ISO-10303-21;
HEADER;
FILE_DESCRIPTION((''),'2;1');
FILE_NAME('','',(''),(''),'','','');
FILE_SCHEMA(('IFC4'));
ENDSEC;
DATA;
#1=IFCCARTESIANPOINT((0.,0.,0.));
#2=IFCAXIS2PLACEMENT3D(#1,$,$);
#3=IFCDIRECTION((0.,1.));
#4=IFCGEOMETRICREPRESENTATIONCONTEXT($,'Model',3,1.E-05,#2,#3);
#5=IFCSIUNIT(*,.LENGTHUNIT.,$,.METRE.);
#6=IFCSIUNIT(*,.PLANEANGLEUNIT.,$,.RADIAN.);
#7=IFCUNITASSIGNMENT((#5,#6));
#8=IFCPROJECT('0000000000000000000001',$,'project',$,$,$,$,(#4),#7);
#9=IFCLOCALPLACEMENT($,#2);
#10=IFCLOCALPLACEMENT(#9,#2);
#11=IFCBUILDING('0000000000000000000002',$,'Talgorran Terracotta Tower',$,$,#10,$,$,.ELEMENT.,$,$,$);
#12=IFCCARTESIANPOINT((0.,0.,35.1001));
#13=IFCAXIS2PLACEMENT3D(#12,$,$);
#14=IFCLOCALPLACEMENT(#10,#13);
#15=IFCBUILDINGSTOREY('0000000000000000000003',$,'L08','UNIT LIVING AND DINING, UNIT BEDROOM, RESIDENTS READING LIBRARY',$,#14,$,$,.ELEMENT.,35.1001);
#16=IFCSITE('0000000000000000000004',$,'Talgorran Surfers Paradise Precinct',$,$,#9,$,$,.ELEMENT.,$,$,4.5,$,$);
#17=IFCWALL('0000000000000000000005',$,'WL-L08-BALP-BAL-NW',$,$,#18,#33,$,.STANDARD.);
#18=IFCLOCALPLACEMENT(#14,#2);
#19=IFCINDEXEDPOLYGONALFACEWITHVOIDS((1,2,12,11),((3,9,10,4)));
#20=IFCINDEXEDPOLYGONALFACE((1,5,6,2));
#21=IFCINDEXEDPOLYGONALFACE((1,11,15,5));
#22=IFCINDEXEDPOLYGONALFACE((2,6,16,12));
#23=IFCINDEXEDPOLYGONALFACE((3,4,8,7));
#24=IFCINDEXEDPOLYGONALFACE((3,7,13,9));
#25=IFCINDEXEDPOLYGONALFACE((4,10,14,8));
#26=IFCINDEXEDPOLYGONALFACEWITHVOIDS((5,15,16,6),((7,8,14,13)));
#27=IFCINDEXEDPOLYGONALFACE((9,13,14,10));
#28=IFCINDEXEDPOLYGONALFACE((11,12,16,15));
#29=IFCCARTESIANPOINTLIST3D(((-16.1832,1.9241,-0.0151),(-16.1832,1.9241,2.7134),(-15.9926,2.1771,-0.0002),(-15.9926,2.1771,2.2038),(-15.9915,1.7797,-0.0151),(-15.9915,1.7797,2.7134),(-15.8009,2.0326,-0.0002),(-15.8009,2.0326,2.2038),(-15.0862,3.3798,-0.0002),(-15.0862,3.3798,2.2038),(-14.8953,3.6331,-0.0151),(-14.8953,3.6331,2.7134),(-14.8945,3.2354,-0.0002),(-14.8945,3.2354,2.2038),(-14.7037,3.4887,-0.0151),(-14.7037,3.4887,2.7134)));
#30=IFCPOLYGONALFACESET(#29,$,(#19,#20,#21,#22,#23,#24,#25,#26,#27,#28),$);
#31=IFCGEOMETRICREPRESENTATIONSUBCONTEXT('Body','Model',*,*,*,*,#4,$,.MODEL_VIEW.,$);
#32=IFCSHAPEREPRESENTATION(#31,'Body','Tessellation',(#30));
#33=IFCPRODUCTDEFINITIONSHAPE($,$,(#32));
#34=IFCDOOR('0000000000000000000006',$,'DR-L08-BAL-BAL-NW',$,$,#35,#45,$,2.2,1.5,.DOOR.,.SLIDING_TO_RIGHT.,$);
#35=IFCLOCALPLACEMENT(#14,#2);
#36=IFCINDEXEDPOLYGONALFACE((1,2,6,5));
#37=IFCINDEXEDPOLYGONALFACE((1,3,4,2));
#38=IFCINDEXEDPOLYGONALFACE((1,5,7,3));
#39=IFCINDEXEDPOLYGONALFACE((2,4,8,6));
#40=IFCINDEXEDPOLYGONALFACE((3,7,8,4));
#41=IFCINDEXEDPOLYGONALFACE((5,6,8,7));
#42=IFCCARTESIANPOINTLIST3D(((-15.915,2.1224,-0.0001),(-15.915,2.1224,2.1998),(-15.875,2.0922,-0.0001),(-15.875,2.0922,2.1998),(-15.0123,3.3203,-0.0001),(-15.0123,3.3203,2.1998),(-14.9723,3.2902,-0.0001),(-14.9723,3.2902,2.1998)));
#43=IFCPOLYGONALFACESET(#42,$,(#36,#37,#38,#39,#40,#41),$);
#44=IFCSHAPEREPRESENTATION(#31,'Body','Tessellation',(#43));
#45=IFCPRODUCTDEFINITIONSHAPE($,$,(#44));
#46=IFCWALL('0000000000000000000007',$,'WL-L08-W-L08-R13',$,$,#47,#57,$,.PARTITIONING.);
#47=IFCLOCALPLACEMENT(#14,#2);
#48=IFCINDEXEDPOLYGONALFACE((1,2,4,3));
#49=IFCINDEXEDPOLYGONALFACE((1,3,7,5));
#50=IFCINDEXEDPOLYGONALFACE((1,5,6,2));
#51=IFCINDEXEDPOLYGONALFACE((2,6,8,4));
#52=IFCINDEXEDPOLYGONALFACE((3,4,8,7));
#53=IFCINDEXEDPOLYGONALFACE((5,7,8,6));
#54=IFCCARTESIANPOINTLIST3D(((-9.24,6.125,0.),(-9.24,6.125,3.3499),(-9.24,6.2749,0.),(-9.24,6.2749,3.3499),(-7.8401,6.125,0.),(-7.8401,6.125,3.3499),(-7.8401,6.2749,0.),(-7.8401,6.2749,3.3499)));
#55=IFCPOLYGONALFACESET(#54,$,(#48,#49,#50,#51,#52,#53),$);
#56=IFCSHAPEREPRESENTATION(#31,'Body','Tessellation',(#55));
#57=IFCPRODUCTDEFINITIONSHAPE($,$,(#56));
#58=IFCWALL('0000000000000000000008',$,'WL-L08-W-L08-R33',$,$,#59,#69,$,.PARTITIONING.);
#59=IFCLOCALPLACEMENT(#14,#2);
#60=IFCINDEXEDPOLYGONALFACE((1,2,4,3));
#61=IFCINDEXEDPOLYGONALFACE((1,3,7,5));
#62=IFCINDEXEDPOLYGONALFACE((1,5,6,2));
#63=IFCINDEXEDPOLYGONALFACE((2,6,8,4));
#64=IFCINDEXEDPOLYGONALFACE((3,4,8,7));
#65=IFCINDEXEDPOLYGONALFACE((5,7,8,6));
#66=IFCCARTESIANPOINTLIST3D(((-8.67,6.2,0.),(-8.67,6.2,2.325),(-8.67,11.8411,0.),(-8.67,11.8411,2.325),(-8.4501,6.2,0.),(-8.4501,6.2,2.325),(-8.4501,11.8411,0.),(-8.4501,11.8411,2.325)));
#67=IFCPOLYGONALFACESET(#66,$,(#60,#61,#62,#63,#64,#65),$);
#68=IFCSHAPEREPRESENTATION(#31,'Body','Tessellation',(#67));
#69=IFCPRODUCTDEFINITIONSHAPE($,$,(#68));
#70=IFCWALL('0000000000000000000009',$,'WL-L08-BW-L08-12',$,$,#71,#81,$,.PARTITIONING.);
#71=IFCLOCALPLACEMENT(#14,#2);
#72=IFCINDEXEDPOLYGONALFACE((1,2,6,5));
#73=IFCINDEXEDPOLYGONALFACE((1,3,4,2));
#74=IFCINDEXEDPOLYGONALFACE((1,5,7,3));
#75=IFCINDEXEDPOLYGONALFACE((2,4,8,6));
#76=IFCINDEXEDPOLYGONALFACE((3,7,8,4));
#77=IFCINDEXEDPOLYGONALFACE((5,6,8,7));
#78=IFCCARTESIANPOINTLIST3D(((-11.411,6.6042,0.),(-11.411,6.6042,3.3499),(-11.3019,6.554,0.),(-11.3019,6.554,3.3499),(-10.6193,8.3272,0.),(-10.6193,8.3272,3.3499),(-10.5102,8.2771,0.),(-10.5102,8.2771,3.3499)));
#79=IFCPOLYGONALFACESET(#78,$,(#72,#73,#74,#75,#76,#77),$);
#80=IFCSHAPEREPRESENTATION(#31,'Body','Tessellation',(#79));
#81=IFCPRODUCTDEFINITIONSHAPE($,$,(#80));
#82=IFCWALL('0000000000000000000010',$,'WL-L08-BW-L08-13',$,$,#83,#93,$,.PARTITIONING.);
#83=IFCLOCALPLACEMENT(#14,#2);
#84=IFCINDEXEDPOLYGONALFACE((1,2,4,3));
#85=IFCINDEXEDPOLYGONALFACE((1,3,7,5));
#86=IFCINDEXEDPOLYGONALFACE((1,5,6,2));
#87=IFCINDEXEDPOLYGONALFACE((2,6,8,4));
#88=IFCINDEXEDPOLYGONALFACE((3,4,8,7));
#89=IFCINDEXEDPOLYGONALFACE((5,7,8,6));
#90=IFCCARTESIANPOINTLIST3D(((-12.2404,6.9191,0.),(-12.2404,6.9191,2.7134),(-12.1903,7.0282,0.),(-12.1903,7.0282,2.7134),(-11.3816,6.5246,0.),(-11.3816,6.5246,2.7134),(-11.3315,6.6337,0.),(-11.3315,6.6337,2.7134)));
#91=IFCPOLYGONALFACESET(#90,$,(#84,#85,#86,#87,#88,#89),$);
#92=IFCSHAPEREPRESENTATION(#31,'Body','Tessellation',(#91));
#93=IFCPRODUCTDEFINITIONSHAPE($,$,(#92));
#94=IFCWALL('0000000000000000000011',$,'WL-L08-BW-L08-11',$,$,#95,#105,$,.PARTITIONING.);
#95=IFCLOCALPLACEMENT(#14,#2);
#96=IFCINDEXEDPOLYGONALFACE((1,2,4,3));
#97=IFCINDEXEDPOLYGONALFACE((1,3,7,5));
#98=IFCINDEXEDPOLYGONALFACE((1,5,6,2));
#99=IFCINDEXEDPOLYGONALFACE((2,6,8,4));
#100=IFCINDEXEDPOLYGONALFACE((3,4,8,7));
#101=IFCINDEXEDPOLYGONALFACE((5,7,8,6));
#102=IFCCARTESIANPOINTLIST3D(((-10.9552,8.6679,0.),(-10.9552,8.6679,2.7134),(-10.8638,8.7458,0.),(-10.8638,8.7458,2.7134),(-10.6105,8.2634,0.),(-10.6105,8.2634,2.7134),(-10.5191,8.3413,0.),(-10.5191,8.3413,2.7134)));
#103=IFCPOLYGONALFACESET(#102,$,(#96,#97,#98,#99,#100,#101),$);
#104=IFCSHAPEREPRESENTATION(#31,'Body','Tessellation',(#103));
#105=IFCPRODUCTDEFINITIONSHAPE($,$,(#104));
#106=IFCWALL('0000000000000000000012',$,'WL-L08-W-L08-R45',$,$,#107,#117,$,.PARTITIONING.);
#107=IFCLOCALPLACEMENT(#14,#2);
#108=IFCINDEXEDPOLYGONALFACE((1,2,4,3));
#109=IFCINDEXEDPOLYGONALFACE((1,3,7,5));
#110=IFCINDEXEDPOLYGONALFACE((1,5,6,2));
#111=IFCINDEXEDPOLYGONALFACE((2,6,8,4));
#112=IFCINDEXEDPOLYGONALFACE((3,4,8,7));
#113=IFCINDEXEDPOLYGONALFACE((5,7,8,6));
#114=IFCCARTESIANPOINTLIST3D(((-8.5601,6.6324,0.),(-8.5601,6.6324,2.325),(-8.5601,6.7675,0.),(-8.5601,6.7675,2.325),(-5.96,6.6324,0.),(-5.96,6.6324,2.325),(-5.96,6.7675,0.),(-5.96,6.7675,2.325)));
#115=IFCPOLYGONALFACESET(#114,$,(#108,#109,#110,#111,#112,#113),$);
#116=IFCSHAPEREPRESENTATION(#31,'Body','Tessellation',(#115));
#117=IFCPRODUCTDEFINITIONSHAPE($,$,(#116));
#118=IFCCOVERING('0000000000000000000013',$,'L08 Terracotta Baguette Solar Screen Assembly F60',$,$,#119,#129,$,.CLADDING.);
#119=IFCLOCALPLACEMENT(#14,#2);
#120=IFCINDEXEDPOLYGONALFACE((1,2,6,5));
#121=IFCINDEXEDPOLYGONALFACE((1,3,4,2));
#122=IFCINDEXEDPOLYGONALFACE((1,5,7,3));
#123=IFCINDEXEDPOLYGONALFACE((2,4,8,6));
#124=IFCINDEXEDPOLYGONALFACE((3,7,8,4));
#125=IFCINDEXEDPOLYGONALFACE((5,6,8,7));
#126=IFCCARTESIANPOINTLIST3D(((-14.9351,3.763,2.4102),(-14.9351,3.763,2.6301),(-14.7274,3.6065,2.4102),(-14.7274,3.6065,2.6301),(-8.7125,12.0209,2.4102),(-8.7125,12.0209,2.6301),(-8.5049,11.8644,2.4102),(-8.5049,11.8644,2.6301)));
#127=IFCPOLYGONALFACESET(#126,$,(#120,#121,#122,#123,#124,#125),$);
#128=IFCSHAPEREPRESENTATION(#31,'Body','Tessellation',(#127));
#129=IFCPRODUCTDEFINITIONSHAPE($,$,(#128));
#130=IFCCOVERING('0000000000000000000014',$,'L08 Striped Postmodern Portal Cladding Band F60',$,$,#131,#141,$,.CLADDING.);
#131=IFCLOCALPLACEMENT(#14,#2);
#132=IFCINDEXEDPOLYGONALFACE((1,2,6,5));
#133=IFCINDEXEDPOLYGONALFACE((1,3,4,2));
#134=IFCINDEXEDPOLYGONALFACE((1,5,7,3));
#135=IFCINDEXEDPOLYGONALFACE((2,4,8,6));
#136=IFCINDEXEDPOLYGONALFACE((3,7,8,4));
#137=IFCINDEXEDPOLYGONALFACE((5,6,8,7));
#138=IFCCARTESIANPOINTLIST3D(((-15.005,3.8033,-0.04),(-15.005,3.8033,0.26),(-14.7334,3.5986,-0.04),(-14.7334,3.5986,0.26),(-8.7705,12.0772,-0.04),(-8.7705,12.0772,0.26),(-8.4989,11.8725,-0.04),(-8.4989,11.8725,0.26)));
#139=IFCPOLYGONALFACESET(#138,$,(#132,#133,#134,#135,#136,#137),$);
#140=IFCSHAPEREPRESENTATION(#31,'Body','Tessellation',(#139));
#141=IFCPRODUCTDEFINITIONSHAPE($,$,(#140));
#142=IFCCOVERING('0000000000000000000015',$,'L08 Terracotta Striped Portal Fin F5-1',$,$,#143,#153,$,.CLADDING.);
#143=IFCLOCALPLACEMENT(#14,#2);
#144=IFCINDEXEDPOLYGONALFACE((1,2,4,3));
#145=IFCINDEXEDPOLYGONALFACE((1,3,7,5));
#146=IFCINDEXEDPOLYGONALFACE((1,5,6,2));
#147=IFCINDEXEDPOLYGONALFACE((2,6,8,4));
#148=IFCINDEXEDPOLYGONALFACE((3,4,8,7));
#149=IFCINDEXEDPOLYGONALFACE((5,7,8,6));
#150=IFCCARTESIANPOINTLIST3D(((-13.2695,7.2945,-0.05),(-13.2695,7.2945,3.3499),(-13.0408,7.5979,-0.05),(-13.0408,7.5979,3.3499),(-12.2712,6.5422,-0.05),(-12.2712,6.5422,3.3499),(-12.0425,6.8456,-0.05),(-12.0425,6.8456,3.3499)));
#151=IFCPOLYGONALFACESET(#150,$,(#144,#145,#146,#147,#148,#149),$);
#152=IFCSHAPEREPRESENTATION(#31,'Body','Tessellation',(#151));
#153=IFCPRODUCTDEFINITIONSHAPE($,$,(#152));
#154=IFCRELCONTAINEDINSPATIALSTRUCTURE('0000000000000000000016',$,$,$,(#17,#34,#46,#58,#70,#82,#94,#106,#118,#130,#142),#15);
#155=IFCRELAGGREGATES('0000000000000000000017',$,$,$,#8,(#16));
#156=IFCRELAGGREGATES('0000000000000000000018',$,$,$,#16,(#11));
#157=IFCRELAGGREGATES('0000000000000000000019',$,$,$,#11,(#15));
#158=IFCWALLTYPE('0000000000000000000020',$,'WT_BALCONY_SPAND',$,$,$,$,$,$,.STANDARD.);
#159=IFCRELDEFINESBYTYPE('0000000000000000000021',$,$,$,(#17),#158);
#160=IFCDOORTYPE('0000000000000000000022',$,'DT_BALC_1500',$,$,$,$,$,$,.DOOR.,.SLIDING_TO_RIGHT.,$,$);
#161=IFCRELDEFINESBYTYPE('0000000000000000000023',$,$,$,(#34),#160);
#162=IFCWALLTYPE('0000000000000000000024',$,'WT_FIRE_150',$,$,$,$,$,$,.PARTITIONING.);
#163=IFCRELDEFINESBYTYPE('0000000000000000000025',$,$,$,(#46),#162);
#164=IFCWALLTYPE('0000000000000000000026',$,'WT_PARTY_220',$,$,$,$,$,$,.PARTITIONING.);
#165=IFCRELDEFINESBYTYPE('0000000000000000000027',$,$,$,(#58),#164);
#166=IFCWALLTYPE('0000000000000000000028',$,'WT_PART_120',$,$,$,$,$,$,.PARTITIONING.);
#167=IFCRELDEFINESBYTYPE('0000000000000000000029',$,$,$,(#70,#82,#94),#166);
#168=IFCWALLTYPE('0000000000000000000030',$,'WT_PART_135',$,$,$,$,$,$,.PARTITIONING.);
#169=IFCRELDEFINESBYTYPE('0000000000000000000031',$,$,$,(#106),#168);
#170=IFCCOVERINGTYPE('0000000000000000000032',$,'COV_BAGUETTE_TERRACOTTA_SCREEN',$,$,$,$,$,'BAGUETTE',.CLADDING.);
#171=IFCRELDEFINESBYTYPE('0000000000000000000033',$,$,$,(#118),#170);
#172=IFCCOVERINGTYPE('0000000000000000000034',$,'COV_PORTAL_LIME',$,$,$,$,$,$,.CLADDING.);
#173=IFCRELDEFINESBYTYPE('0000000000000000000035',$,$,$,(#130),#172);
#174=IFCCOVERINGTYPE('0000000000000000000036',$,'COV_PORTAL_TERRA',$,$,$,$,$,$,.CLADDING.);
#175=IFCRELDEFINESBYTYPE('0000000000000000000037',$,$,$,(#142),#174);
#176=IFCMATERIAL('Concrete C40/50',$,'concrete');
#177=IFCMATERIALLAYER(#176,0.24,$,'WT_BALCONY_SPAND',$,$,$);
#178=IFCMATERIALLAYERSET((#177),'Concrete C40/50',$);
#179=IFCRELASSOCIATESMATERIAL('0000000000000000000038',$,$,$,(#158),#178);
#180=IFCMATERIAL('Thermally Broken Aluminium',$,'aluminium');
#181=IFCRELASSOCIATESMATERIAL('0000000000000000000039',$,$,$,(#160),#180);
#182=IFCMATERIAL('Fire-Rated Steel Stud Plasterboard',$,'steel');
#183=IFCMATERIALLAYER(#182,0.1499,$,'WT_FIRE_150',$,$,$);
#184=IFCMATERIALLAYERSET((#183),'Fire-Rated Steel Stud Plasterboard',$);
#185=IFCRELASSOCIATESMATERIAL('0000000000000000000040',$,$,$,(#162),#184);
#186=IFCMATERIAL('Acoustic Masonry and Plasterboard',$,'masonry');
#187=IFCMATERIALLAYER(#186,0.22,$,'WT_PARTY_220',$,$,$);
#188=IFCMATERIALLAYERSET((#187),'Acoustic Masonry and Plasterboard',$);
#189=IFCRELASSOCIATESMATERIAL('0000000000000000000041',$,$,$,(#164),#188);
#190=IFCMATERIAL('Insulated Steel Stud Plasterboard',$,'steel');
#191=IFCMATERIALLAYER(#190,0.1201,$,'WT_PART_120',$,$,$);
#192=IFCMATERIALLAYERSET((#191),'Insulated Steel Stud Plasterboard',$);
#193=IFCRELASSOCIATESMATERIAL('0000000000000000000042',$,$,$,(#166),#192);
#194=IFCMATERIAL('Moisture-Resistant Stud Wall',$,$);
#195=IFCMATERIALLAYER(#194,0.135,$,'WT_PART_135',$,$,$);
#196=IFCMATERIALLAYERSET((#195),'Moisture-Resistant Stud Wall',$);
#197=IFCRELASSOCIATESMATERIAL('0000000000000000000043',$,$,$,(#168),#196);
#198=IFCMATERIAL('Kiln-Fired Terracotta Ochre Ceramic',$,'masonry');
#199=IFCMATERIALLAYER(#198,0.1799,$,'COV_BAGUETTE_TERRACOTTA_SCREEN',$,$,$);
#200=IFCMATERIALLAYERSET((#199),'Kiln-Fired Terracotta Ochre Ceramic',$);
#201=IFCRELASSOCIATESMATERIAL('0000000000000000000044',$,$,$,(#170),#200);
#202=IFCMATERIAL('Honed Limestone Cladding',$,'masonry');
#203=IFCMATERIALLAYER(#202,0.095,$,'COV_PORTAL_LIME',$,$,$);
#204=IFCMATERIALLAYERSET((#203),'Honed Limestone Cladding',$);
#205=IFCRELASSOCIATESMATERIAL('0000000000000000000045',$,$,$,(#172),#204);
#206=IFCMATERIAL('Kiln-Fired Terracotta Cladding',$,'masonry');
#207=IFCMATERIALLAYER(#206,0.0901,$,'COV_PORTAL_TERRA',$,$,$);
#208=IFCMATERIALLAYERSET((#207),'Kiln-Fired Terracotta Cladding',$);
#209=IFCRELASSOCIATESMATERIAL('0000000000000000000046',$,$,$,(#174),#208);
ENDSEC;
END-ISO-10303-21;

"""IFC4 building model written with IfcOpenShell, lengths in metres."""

from ifc_helpers import new_model, si_unit, direction, frame, frame_2d, origin, origin_2d, place, context, subcontext, project, spatial, rectangle, extrude, material, layer, layer_set, type_object, element, fill, save


model = new_model("IFC4")

# Units and contexts
model_context = context("Model", 3, precision=1e-05, world=origin(), true_north=direction((0.0, 1.0)))
body_context = subcontext(model_context, "Body", "Model", "MODEL_VIEW")
ifc_project = project(units=[si_unit("LENGTHUNIT", "METRE"), si_unit("PLANEANGLEUNIT", "RADIAN")], contexts=[model_context])

# Site, building, storey
site_placement = place(None, origin())
site = spatial("IfcSite", under=ifc_project, at=site_placement, Name="Talgorran Surfers Paradise Precinct", CompositionType="ELEMENT", RefElevation=4.5)
building_placement = place(site_placement, origin())
building = spatial("IfcBuilding", under=site, at=building_placement, Name="Talgorran Terracotta Tower", CompositionType="ELEMENT")
storey_placement = place(building_placement, frame((0.0, 0.0, 35.1001)))
storey = spatial("IfcBuildingStorey", under=building, at=storey_placement, Name="L08", Description="UNIT LIVING AND DINING, UNIT BEDROOM, RESIDENTS READING LIBRARY", CompositionType="ELEMENT", Elevation=35.1001)

# Wall, opening, door
ifc_material_1 = material(Name="Concrete C40/50", Category="concrete")
ifc_layer_1 = layer(ifc_material_1, 0.24, Name="WT_BALCONY_SPAND")
ifc_layer_set_1 = layer_set([ifc_layer_1], Name="Concrete C40/50")
wall_type_1 = type_object("IfcWallType", Name="WT_BALCONY_SPAND", PredefinedType="STANDARD", material=ifc_layer_set_1)
wall_1_placement = place(storey_placement, frame((-14.7996, 3.5608, -0.0151), z_axis=(0.0, 0.0, 1.0), x_axis=(-0.601824, -0.798629, 0.0)))
wall_1 = element("IfcWall", 1, at=wall_1_placement, inside=storey, type_object=wall_type_1, Name="WL-L08-BALP-BAL-NW", PredefinedType="STANDARD", context=body_context, shape_type="SweptSolid", body=[
    extrude(rectangle(XDim=2.1399, YDim=0.24, at=frame_2d((1.0698, 0.0))), origin(), (0.0, 0.0, 1.0), 2.7285),
])
opening_placement = place(wall_1_placement, frame((0.3201, 0.0, 0.0149)))
opening = element("IfcOpeningElement", 2, at=opening_placement, cuts=wall_1, PredefinedType="OPENING", context=body_context, shape_type="SweptSolid", body=[
    extrude(rectangle(XDim=1.506, YDim=2.204, at=frame_2d((0.75, 1.1021))), frame((0.0, 0.1299, 0.0), z_axis=(0.0, -1.0, 0.0), x_axis=(1.0, 0.0, 0.0)), (0.0, 0.0, 1.0), 0.26),
])
ifc_material_2 = material(Name="Thermally Broken Aluminium", Category="aluminium")
door_type = type_object("IfcDoorType", Name="DT_BALC_1500", OperationType="SLIDING_TO_RIGHT", PredefinedType="DOOR", material=ifc_material_2)
door_placement = place(opening_placement, origin())
door = element("IfcDoor", 3, at=door_placement, inside=storey, type_object=door_type, Name="DR-L08-BAL-BAL-NW", OperationType="SLIDING_TO_RIGHT", OverallHeight=2.2, OverallWidth=1.5, PredefinedType="DOOR", context=body_context, shape_type="SweptSolid", body=[
    extrude(rectangle(XDim=1.5, YDim=2.2, at=frame_2d((0.75, 1.1001))), frame((0.0, 0.0249, 0.0), z_axis=(0.0, -1.0, 0.0), x_axis=(1.0, 0.0, 0.0)), (0.0, 0.0, 1.0), 0.05),
])
fill(opening, door)

# Walls
ifc_material_3 = material(Name="Fire-Rated Steel Stud Plasterboard", Category="steel")
ifc_layer_2 = layer(ifc_material_3, 0.1499, Name="WT_FIRE_150")
ifc_layer_set_2 = layer_set([ifc_layer_2], Name="Fire-Rated Steel Stud Plasterboard")
wall_type_2 = type_object("IfcWallType", Name="WT_FIRE_150", PredefinedType="PARTITIONING", material=ifc_layer_set_2)
wall_2_placement = place(storey_placement, frame((-9.24, 6.2, 0.0), z_axis=(0.0, 0.0, 1.0), x_axis=(1.0, 0.0, 0.0)))
element("IfcWall", 4, at=wall_2_placement, inside=storey, type_object=wall_type_2, Name="WL-L08-W-L08-R13", PredefinedType="PARTITIONING", context=body_context, shape_type="SweptSolid", body=[
    extrude(rectangle(XDim=1.3999, YDim=0.1499, at=frame_2d((0.7, 0.0))), origin(), (0.0, 0.0, 1.0), 3.3499),
])
ifc_material_4 = material(Name="Acoustic Masonry and Plasterboard", Category="masonry")
ifc_layer_3 = layer(ifc_material_4, 0.22, Name="WT_PARTY_220")
ifc_layer_set_3 = layer_set([ifc_layer_3], Name="Acoustic Masonry and Plasterboard")
wall_type_3 = type_object("IfcWallType", Name="WT_PARTY_220", PredefinedType="PARTITIONING", material=ifc_layer_set_3)
wall_3_placement = place(storey_placement, frame((-8.5601, 6.2, 0.0), z_axis=(0.0, 0.0, 1.0), x_axis=(0.0, 1.0, 0.0)))
element("IfcWall", 5, at=wall_3_placement, inside=storey, type_object=wall_type_3, Name="WL-L08-W-L08-R33", PredefinedType="PARTITIONING", context=body_context, shape_type="SweptSolid", body=[
    extrude(rectangle(XDim=5.6411, YDim=0.22, at=frame_2d((2.8206, 0.0))), origin(), (0.0, 0.0, 1.0), 2.325),
])
ifc_material_5 = material(Name="Insulated Steel Stud Plasterboard", Category="steel")
ifc_layer_4 = layer(ifc_material_5, 0.1201, Name="WT_PART_120")
ifc_layer_set_4 = layer_set([ifc_layer_4], Name="Insulated Steel Stud Plasterboard")
wall_type_4 = type_object("IfcWallType", Name="WT_PART_120", PredefinedType="PARTITIONING", material=ifc_layer_set_4)
wall_4_placement = place(storey_placement, frame((-10.5647, 8.3022, 0.0), z_axis=(0.0, 0.0, 1.0), x_axis=(-0.417515, -0.90867, 0.0)))
element("IfcWall", 6, at=wall_4_placement, inside=storey, type_object=wall_type_4, Name="WL-L08-BW-L08-12", PredefinedType="PARTITIONING", context=body_context, shape_type="SweptSolid", body=[
    extrude(rectangle(XDim=1.8962, YDim=0.1201, at=frame_2d((0.9482, 0.0))), origin(), (0.0, 0.0, 1.0), 3.3499),
])
wall_5_placement = place(storey_placement, frame((-11.3564, 6.5791, 0.0), z_axis=(0.0, 0.0, 1.0), x_axis=(-0.908714, 0.417419, 0.0)))
element("IfcWall", 7, at=wall_5_placement, inside=storey, type_object=wall_type_4, Name="WL-L08-BW-L08-13", PredefinedType="PARTITIONING", context=body_context, shape_type="SweptSolid", body=[
    extrude(rectangle(XDim=0.9451, YDim=0.1201, at=frame_2d((0.4727, 0.0))), origin(), (0.0, 0.0, 1.0), 2.7134),
])
wall_6_placement = place(storey_placement, frame((-10.9094, 8.7068, 0.0), z_axis=(0.0, 0.0, 1.0), x_axis=(0.648595, -0.761134, 0.0)))
element("IfcWall", 8, at=wall_6_placement, inside=storey, type_object=wall_type_4, Name="WL-L08-BW-L08-11", PredefinedType="PARTITIONING", context=body_context, shape_type="SweptSolid", body=[
    extrude(rectangle(XDim=0.5315, YDim=0.1201, at=frame_2d((0.2656, 0.0))), origin(), (0.0, 0.0, 1.0), 2.7134),
])
ifc_material_6 = material(Name="Moisture-Resistant Stud Wall")
ifc_layer_5 = layer(ifc_material_6, 0.135, Name="WT_PART_135")
ifc_layer_set_5 = layer_set([ifc_layer_5], Name="Moisture-Resistant Stud Wall")
wall_type_5 = type_object("IfcWallType", Name="WT_PART_135", PredefinedType="PARTITIONING", material=ifc_layer_set_5)
wall_7_placement = place(storey_placement, frame((-8.5601, 6.7, 0.0), z_axis=(0.0, 0.0, 1.0), x_axis=(1.0, 0.0, 0.0)))
element("IfcWall", 9, at=wall_7_placement, inside=storey, type_object=wall_type_5, Name="WL-L08-W-L08-R45", PredefinedType="PARTITIONING", context=body_context, shape_type="SweptSolid", body=[
    extrude(rectangle(XDim=2.6001, YDim=0.135, at=frame_2d((1.3, 0.0))), origin(), (0.0, 0.0, 1.0), 2.325),
])

# Coverings
ifc_material_7 = material(Name="Kiln-Fired Terracotta Ochre Ceramic", Category="masonry")
ifc_layer_6 = layer(ifc_material_7, 0.1799, Name="COV_BAGUETTE_TERRACOTTA_SCREEN")
ifc_layer_set_6 = layer_set([ifc_layer_6], Name="Kiln-Fired Terracotta Ochre Ceramic")
covering_type_1 = type_object("IfcCoveringType", Name="COV_BAGUETTE_TERRACOTTA_SCREEN", ElementType="BAGUETTE", PredefinedType="CLADDING", material=ifc_layer_set_6)
covering_1_placement = place(storey_placement, frame((-11.72, 7.8137, 2.4102), z_axis=(0.0, 0.0, 1.0), x_axis=(-0.601801, -0.798646, 0.0)))
element("IfcCovering", 10, at=covering_1_placement, inside=storey, type_object=covering_type_1, Name="L08 Terracotta Baguette Solar Screen Assembly F60", PredefinedType="CLADDING", context=body_context, shape_type="SweptSolid", body=[
    extrude(rectangle(XDim=10.3398, YDim=0.26, at=origin_2d()), origin(), (0.0, 0.0, 1.0), 0.22),
])
ifc_material_8 = material(Name="Honed Limestone Cladding", Category="masonry")
ifc_layer_7 = layer(ifc_material_8, 0.095, Name="COV_PORTAL_LIME")
ifc_layer_set_7 = layer_set([ifc_layer_7], Name="Honed Limestone Cladding")
covering_type_2 = type_object("IfcCoveringType", Name="COV_PORTAL_LIME", PredefinedType="CLADDING", material=ifc_layer_set_7)
covering_2_placement = place(storey_placement, frame((-11.752, 7.8379, -0.04), z_axis=(0.0, 0.0, 1.0), x_axis=(-0.601801, -0.798646, 0.0)))
element("IfcCovering", 11, at=covering_2_placement, inside=storey, type_object=covering_type_2, Name="L08 Striped Postmodern Portal Cladding Band F60", PredefinedType="CLADDING", context=body_context, shape_type="SweptSolid", body=[
    extrude(rectangle(XDim=10.3599, YDim=0.3401, at=origin_2d()), origin(), (0.0, 0.0, 1.0), 0.3),
])
ifc_material_9 = material(Name="Kiln-Fired Terracotta Cladding", Category="masonry")
ifc_layer_8 = layer(ifc_material_9, 0.0901, Name="COV_PORTAL_TERRA")
ifc_layer_set_8 = layer_set([ifc_layer_8], Name="Kiln-Fired Terracotta Cladding")
covering_type_3 = type_object("IfcCoveringType", Name="COV_PORTAL_TERRA", PredefinedType="CLADDING", material=ifc_layer_set_8)
covering_3_placement = place(storey_placement, frame((-12.656, 7.0701, -0.05), z_axis=(0.0, 0.0, 1.0), x_axis=(-0.601815, -0.798636, 0.0)))
element("IfcCovering", 12, at=covering_3_placement, inside=storey, type_object=covering_type_3, Name="L08 Terracotta Striped Portal Fin F5-1", PredefinedType="CLADDING", context=body_context, shape_type="SweptSolid", body=[
    extrude(rectangle(XDim=0.3799, YDim=1.25, at=origin_2d()), origin(), (0.0, 0.0, 1.0), 3.3999),
])

save(model, "model.ifc")
